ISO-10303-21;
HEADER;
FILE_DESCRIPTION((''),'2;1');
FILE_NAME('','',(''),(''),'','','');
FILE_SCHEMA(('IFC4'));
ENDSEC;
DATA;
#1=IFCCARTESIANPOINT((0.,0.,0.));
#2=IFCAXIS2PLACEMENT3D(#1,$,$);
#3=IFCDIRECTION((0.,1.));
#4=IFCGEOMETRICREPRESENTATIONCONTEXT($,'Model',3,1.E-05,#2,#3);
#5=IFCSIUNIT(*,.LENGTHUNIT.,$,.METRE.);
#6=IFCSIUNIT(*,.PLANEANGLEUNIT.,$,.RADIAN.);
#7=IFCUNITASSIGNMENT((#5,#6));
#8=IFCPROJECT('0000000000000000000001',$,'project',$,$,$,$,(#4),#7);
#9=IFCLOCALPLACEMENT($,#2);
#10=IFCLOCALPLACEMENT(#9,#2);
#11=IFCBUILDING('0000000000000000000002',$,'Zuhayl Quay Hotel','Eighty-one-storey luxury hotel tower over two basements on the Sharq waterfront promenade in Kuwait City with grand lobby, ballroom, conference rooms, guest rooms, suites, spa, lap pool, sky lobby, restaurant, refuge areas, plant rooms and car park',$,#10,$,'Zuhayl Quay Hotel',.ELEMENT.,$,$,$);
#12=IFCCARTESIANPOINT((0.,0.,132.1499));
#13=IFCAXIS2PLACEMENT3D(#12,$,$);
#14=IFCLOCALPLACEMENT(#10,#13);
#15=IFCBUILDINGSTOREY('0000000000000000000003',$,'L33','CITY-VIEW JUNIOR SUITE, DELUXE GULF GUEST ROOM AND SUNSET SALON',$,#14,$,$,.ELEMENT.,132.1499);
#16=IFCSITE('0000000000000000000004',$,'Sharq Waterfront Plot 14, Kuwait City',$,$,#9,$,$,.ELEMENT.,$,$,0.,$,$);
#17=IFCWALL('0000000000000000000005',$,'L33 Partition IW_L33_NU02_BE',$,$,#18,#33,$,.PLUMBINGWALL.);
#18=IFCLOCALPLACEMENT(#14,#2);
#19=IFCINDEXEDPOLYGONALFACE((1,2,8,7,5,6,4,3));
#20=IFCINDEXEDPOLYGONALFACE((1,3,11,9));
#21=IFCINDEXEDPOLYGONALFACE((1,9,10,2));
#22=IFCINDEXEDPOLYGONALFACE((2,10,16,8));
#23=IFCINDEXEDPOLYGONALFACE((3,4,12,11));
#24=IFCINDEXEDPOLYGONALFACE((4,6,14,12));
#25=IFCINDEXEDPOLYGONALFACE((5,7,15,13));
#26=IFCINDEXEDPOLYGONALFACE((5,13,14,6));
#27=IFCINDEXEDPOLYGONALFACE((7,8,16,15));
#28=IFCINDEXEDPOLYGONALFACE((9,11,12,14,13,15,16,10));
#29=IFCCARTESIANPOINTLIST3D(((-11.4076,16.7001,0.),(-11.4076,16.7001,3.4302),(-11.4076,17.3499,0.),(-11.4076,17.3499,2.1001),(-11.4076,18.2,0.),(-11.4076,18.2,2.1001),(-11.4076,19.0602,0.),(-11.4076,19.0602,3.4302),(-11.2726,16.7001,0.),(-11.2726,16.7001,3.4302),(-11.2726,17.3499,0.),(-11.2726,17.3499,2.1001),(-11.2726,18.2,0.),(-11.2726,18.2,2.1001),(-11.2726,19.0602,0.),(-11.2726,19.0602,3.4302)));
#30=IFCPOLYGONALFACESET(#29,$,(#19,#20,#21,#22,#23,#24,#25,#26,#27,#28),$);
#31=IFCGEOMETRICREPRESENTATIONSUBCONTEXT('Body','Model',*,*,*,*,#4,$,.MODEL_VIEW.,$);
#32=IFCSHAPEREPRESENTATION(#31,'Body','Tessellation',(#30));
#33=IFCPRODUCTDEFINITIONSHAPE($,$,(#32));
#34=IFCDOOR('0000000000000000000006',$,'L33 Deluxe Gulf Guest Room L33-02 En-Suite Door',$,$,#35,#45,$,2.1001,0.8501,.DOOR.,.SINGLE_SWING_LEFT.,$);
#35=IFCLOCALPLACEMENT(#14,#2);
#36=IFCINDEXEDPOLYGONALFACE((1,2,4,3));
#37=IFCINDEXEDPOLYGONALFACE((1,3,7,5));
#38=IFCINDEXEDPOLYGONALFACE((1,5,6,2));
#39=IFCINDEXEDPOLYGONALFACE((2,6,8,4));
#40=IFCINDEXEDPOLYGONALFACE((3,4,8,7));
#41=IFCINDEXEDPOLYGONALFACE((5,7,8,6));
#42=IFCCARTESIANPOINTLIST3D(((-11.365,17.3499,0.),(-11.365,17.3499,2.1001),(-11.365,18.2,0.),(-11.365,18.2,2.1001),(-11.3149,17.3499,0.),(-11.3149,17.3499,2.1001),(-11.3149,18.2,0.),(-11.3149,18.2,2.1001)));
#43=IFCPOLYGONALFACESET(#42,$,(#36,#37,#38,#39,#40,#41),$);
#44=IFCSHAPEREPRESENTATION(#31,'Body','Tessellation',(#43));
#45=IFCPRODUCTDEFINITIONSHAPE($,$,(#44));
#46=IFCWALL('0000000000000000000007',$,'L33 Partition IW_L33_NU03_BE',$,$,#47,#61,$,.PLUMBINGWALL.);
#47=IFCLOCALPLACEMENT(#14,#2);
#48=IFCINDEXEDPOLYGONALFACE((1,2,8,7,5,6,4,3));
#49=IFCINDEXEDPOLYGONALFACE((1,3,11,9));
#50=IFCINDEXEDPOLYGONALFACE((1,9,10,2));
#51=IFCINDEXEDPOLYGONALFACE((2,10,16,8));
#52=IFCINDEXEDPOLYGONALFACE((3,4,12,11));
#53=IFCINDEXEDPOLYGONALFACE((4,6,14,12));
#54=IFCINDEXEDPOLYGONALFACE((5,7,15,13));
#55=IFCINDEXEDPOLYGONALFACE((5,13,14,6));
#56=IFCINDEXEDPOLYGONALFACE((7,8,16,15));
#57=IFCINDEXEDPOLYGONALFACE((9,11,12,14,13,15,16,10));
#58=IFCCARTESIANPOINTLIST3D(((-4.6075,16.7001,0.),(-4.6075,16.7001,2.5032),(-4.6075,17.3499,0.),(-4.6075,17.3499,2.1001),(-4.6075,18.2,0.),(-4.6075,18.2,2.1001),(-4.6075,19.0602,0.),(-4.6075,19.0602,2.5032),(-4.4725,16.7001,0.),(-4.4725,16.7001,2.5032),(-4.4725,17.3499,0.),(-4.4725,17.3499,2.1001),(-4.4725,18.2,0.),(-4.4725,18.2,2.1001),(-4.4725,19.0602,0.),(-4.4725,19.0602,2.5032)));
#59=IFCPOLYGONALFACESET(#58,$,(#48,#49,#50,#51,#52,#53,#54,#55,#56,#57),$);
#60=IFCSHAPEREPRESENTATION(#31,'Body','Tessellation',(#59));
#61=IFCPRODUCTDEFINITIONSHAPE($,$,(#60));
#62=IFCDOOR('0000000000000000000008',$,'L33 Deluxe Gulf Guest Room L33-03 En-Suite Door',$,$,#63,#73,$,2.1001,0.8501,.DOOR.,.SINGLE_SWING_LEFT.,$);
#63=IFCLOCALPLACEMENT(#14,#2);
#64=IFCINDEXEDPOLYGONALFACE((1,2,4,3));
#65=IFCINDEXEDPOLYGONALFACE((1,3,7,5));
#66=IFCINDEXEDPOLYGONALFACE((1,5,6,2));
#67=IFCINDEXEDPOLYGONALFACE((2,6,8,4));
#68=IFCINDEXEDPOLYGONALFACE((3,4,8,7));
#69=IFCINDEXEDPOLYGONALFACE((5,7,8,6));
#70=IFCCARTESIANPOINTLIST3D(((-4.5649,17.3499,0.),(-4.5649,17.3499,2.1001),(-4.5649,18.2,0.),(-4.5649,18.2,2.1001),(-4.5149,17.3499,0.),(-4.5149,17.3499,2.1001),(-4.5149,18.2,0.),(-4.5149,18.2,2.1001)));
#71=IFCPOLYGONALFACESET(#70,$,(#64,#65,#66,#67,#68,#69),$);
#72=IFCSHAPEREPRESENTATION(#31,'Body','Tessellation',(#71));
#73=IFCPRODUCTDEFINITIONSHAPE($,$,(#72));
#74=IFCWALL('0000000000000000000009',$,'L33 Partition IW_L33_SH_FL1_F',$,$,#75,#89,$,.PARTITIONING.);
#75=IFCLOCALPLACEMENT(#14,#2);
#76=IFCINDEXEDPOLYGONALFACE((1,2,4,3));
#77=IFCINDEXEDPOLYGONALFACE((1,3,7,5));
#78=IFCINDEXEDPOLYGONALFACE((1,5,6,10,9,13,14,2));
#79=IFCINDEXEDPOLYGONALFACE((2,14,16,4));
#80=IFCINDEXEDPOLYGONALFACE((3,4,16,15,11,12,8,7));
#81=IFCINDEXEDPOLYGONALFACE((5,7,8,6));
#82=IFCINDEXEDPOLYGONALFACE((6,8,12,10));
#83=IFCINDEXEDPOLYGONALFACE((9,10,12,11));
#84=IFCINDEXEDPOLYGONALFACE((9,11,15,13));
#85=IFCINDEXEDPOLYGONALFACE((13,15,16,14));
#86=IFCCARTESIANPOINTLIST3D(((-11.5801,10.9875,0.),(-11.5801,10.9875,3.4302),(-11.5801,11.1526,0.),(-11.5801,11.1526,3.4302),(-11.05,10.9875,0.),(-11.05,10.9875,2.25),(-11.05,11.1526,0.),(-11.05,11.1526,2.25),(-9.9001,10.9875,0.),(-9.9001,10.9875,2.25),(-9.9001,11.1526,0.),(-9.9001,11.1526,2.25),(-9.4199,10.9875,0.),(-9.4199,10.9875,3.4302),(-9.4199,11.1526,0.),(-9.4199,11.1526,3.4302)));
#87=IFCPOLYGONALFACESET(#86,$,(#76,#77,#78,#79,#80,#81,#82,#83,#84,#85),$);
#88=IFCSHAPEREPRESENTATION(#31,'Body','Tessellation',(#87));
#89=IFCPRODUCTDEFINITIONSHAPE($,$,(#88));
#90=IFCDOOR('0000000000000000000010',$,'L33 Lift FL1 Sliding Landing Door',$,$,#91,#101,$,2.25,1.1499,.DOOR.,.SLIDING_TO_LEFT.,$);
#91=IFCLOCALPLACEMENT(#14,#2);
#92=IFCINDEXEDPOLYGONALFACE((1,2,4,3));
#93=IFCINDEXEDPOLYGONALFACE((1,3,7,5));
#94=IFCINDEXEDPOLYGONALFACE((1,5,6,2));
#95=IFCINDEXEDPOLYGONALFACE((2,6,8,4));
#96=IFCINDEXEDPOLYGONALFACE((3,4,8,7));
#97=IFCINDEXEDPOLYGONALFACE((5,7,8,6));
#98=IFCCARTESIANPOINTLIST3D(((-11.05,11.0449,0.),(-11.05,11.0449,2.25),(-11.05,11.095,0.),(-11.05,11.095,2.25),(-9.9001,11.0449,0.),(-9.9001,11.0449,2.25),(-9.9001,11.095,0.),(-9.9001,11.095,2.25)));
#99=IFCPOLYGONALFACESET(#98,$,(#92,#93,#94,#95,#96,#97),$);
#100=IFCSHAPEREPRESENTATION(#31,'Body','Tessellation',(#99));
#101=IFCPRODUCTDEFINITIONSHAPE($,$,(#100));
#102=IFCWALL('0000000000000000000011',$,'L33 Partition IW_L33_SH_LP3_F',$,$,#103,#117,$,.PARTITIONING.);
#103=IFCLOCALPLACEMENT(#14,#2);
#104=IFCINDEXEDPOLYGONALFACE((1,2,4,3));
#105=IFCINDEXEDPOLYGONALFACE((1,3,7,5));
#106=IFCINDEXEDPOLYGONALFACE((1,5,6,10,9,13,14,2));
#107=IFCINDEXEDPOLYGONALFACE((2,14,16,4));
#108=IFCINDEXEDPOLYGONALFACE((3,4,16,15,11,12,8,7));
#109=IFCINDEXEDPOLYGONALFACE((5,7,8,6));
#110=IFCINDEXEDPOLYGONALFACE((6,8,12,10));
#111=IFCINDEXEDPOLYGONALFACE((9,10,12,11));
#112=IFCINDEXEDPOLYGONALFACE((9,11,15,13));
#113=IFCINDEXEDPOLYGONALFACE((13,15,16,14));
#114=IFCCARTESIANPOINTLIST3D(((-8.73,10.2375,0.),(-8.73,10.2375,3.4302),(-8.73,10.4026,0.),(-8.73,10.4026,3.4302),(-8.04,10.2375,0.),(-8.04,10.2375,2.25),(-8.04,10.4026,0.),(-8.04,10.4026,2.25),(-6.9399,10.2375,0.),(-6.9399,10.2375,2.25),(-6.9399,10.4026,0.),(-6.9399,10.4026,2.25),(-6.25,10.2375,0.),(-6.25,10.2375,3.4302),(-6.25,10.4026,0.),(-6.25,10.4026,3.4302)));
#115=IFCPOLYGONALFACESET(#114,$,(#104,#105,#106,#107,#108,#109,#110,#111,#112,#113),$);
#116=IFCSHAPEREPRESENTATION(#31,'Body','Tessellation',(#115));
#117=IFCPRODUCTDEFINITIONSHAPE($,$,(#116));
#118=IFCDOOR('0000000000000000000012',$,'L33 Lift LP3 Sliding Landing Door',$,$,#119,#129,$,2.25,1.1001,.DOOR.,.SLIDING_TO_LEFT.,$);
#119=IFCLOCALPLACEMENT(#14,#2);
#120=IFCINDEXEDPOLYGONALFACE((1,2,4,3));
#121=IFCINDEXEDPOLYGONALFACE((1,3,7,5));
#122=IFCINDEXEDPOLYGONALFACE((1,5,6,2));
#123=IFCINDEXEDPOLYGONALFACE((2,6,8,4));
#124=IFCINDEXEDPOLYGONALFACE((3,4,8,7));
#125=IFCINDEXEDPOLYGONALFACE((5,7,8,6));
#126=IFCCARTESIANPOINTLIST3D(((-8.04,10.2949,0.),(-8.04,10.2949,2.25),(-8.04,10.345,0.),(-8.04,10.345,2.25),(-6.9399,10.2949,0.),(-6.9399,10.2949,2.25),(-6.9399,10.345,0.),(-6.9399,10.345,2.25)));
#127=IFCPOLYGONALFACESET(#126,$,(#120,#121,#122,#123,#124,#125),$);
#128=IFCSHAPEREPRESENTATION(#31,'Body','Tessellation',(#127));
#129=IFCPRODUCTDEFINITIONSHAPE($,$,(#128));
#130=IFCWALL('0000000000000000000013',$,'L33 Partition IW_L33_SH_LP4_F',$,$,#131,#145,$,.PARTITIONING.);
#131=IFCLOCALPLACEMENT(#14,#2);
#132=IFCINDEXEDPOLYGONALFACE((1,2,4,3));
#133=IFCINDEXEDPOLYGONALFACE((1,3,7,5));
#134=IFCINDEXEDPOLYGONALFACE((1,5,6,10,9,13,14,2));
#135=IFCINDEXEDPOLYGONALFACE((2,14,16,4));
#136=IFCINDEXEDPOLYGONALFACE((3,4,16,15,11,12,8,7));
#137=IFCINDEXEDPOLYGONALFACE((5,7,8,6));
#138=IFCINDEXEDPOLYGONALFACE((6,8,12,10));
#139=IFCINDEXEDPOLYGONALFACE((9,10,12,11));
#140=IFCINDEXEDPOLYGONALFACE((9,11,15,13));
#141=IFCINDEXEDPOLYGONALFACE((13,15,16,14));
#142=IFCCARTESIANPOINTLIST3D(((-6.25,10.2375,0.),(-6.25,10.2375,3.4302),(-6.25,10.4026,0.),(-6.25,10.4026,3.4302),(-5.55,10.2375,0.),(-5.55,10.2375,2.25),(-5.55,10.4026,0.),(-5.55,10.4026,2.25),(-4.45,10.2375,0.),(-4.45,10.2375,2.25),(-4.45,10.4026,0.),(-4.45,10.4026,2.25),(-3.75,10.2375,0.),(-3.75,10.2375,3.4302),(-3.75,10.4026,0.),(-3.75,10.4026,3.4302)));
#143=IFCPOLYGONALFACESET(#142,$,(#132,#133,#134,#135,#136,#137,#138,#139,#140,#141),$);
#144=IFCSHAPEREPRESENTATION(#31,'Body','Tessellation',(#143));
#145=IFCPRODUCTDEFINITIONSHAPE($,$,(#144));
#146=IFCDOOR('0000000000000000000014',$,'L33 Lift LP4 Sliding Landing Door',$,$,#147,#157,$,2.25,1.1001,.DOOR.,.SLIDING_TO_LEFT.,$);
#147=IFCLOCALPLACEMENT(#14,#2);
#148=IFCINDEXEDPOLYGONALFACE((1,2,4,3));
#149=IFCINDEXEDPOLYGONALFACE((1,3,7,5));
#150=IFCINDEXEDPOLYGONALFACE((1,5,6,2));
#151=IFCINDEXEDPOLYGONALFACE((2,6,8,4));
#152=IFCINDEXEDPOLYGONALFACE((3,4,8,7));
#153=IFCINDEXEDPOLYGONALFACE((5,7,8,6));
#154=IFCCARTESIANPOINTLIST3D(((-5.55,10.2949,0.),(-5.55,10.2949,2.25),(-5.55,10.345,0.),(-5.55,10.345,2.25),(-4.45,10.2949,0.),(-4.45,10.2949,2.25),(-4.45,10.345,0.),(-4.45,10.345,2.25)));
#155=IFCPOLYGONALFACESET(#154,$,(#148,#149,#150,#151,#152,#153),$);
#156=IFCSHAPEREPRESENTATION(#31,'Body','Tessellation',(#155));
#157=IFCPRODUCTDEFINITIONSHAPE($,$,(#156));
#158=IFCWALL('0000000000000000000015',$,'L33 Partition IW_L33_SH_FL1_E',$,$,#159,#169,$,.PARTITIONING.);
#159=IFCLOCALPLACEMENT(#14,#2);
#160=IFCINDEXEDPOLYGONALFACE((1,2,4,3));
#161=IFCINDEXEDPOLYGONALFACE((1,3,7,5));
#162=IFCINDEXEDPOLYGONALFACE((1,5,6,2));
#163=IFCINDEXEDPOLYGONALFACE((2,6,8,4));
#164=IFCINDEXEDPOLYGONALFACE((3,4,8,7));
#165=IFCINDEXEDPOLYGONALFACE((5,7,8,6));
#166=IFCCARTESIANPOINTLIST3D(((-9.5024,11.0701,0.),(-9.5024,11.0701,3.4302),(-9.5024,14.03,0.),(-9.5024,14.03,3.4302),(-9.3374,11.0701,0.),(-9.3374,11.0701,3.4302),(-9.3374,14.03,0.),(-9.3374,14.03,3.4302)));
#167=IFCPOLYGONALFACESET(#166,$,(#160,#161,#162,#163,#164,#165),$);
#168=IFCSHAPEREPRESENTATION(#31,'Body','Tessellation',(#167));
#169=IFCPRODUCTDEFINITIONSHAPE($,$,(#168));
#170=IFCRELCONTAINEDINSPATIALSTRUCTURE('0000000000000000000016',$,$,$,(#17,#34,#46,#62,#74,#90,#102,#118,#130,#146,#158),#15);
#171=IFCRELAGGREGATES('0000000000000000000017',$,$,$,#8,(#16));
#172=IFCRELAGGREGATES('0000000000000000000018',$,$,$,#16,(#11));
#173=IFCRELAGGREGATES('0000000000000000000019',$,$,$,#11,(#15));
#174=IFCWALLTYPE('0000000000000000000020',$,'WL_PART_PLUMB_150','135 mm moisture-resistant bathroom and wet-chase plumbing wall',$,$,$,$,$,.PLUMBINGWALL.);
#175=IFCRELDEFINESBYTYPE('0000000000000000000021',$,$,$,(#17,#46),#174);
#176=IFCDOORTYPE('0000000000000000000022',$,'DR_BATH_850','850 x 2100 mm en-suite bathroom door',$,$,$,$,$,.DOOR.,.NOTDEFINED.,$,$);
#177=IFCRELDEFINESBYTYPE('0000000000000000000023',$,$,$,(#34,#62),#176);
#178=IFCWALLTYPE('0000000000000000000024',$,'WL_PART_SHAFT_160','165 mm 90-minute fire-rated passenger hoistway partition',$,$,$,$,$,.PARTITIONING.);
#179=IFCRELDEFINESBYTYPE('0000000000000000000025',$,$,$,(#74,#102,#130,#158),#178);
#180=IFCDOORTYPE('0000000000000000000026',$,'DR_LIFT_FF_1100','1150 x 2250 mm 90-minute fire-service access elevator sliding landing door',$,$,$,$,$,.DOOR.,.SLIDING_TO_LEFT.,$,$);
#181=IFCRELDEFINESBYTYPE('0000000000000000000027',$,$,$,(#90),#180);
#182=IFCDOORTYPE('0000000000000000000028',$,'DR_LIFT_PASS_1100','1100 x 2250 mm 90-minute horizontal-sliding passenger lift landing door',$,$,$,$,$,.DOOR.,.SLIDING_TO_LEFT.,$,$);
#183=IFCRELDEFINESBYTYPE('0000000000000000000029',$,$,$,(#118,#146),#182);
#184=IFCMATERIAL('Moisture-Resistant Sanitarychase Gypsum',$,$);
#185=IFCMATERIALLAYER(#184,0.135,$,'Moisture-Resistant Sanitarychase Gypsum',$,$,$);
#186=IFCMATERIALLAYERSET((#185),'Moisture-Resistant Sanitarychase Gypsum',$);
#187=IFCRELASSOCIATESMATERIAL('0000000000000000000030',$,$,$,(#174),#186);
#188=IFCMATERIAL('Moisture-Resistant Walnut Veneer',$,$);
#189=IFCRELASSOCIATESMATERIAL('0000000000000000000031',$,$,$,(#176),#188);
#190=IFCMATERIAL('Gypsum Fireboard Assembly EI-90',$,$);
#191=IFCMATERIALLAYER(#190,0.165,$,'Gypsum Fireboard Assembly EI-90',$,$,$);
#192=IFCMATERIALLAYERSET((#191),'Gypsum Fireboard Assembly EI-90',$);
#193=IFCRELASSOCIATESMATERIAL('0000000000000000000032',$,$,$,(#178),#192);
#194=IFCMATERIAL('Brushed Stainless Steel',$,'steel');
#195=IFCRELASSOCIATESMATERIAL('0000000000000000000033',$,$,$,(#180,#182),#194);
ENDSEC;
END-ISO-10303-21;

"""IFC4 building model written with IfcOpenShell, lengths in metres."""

from ifc_helpers import new_model, si_unit, direction, frame, frame_2d, origin, place, context, subcontext, project, spatial, rectangle, extrude, material, layer, layer_set, type_object, element, fill, save


model = new_model("IFC4")

# Units and contexts
model_context = context("Model", 3, precision=1e-05, world=origin(), true_north=direction((0.0, 1.0)))
body_context = subcontext(model_context, "Body", "Model", "MODEL_VIEW")
ifc_project = project(units=[si_unit("LENGTHUNIT", "METRE"), si_unit("PLANEANGLEUNIT", "RADIAN")], contexts=[model_context])

# Site, building, storey
site_placement = place(None, origin())
site = spatial("IfcSite", under=ifc_project, at=site_placement, Name="Sharq Waterfront Plot 14, Kuwait City", CompositionType="ELEMENT", RefElevation=0.0)
building_placement = place(site_placement, origin())
building = spatial("IfcBuilding", under=site, at=building_placement, Name="Zuhayl Quay Hotel", Description="Eighty-one-storey luxury hotel tower over two basements on the Sharq waterfront promenade in Kuwait City with grand lobby, ballroom, conference rooms, guest rooms, suites, spa, lap pool, sky lobby, restaurant, refuge areas, plant rooms and car park", LongName="Zuhayl Quay Hotel", CompositionType="ELEMENT")
storey_placement = place(building_placement, frame((0.0, 0.0, 132.1499)))
storey = spatial("IfcBuildingStorey", under=building, at=storey_placement, Name="L33", Description="CITY-VIEW JUNIOR SUITE, DELUXE GULF GUEST ROOM AND SUNSET SALON", CompositionType="ELEMENT", Elevation=132.1499)

# Walls, openings, doors
ifc_material_1 = material(Name="Moisture-Resistant Sanitarychase Gypsum")
ifc_layer_1 = layer(ifc_material_1, 0.135, Name="Moisture-Resistant Sanitarychase Gypsum")
ifc_layer_set_1 = layer_set([ifc_layer_1], Name="Moisture-Resistant Sanitarychase Gypsum")
wall_type_1 = type_object("IfcWallType", Name="WL_PART_PLUMB_150", Description="135 mm moisture-resistant bathroom and wet-chase plumbing wall", PredefinedType="PLUMBINGWALL", material=ifc_layer_set_1)
wall_1_placement = place(storey_placement, frame((-11.3401, 16.7, 0.0), z_axis=(0.0, 0.0, 1.0), x_axis=(0.0, 1.0, 0.0)))
wall_1 = element("IfcWall", 1, at=wall_1_placement, inside=storey, type_object=wall_type_1, Name="L33 Partition IW_L33_NU02_BE", PredefinedType="PLUMBINGWALL", context=body_context, shape_type="SweptSolid", body=[
    extrude(rectangle(XDim=2.3601, YDim=0.135, at=frame_2d((1.1802, 0.0))), origin(), (0.0, 0.0, 1.0), 3.4302),
])
opening_1_placement = place(wall_1_placement, frame((0.6499, 0.0, 0.0)))
opening_1 = element("IfcOpeningElement", 2, at=opening_1_placement, cuts=wall_1, PredefinedType="OPENING", context=body_context, shape_type="SweptSolid", body=[
    extrude(rectangle(XDim=0.8501, YDim=2.1001, at=frame_2d((0.425, 1.05))), frame((0.0, 0.0774, 0.0), z_axis=(0.0, -1.0, 0.0), x_axis=(1.0, 0.0, 0.0)), (0.0, 0.0, 1.0), 0.155),
])
ifc_material_2 = material(Name="Moisture-Resistant Walnut Veneer")
door_type_1 = type_object("IfcDoorType", Name="DR_BATH_850", Description="850 x 2100 mm en-suite bathroom door", OperationType="NOTDEFINED", PredefinedType="DOOR", material=ifc_material_2)
door_1_placement = place(opening_1_placement, origin())
door_1 = element("IfcDoor", 3, at=door_1_placement, inside=storey, type_object=door_type_1, Name="L33 Deluxe Gulf Guest Room L33-02 En-Suite Door", OperationType="SINGLE_SWING_LEFT", OverallHeight=2.1001, OverallWidth=0.8501, PredefinedType="DOOR", context=body_context, shape_type="SweptSolid", body=[
    extrude(rectangle(XDim=0.8501, YDim=2.1001, at=frame_2d((0.425, 1.05))), frame((0.0, 0.0249, 0.0), z_axis=(0.0, -1.0, 0.0), x_axis=(1.0, 0.0, 0.0)), (0.0, 0.0, 1.0), 0.05),
])
fill(opening_1, door_1)
wall_2_placement = place(storey_placement, frame((-4.54, 16.7, 0.0), z_axis=(0.0, 0.0, 1.0), x_axis=(0.0, 1.0, 0.0)))
wall_2 = element("IfcWall", 4, at=wall_2_placement, inside=storey, type_object=wall_type_1, Name="L33 Partition IW_L33_NU03_BE", PredefinedType="PLUMBINGWALL", context=body_context, shape_type="SweptSolid", body=[
    extrude(rectangle(XDim=2.3601, YDim=0.135, at=frame_2d((1.1802, 0.0))), origin(), (0.0, 0.0, 1.0), 2.5032),
])
opening_2_placement = place(wall_2_placement, frame((0.6499, 0.0, 0.0)))
opening_2 = element("IfcOpeningElement", 5, at=opening_2_placement, cuts=wall_2, PredefinedType="OPENING", context=body_context, shape_type="SweptSolid", body=[
    extrude(rectangle(XDim=0.8501, YDim=2.1001, at=frame_2d((0.425, 1.05))), frame((0.0, 0.0774, 0.0), z_axis=(0.0, -1.0, 0.0), x_axis=(1.0, 0.0, 0.0)), (0.0, 0.0, 1.0), 0.155),
])
door_2_placement = place(opening_2_placement, origin())
door_2 = element("IfcDoor", 6, at=door_2_placement, inside=storey, type_object=door_type_1, Name="L33 Deluxe Gulf Guest Room L33-03 En-Suite Door", OperationType="SINGLE_SWING_LEFT", OverallHeight=2.1001, OverallWidth=0.8501, PredefinedType="DOOR", context=body_context, shape_type="SweptSolid", body=[
    extrude(rectangle(XDim=0.8501, YDim=2.1001, at=frame_2d((0.425, 1.05))), frame((0.0, 0.0249, 0.0), z_axis=(0.0, -1.0, 0.0), x_axis=(1.0, 0.0, 0.0)), (0.0, 0.0, 1.0), 0.05),
])
fill(opening_2, door_2)
ifc_material_3 = material(Name="Gypsum Fireboard Assembly EI-90")
ifc_layer_2 = layer(ifc_material_3, 0.165, Name="Gypsum Fireboard Assembly EI-90")
ifc_layer_set_2 = layer_set([ifc_layer_2], Name="Gypsum Fireboard Assembly EI-90")
wall_type_2 = type_object("IfcWallType", Name="WL_PART_SHAFT_160", Description="165 mm 90-minute fire-rated passenger hoistway partition", PredefinedType="PARTITIONING", material=ifc_layer_set_2)
wall_3_placement = place(storey_placement, frame((-11.5801, 11.0701, 0.0), z_axis=(0.0, 0.0, 1.0), x_axis=(1.0, 0.0, 0.0)))
wall_3 = element("IfcWall", 7, at=wall_3_placement, inside=storey, type_object=wall_type_2, Name="L33 Partition IW_L33_SH_FL1_F", PredefinedType="PARTITIONING", context=body_context, shape_type="SweptSolid", body=[
    extrude(rectangle(XDim=2.1602, YDim=0.165, at=frame_2d((1.0801, 0.0))), origin(), (0.0, 0.0, 1.0), 3.4302),
])
opening_3_placement = place(wall_3_placement, frame((0.53, 0.0, 0.0)))
opening_3 = element("IfcOpeningElement", 8, at=opening_3_placement, cuts=wall_3, PredefinedType="OPENING", context=body_context, shape_type="SweptSolid", body=[
    extrude(rectangle(XDim=1.1499, YDim=2.25, at=frame_2d((0.575, 1.125))), frame((0.0, 0.0925, 0.0), z_axis=(0.0, -1.0, 0.0), x_axis=(1.0, 0.0, 0.0)), (0.0, 0.0, 1.0), 0.1851),
])
ifc_material_4 = material(Name="Brushed Stainless Steel", Category="steel")
door_type_2 = type_object("IfcDoorType", Name="DR_LIFT_FF_1100", Description="1150 x 2250 mm 90-minute fire-service access elevator sliding landing door", OperationType="SLIDING_TO_LEFT", PredefinedType="DOOR", material=ifc_material_4)
door_3_placement = place(opening_3_placement, origin())
door_3 = element("IfcDoor", 9, at=door_3_placement, inside=storey, type_object=door_type_2, Name="L33 Lift FL1 Sliding Landing Door", OperationType="SLIDING_TO_LEFT", OverallHeight=2.25, OverallWidth=1.1499, PredefinedType="DOOR", context=body_context, shape_type="SweptSolid", body=[
    extrude(rectangle(XDim=1.1499, YDim=2.25, at=frame_2d((0.575, 1.125))), frame((0.0, 0.0249, 0.0), z_axis=(0.0, -1.0, 0.0), x_axis=(1.0, 0.0, 0.0)), (0.0, 0.0, 1.0), 0.05),
])
fill(opening_3, door_3)
wall_4_placement = place(storey_placement, frame((-8.73, 10.3201, 0.0), z_axis=(0.0, 0.0, 1.0), x_axis=(1.0, 0.0, 0.0)))
wall_4 = element("IfcWall", 10, at=wall_4_placement, inside=storey, type_object=wall_type_2, Name="L33 Partition IW_L33_SH_LP3_F", PredefinedType="PARTITIONING", context=body_context, shape_type="SweptSolid", body=[
    extrude(rectangle(XDim=2.48, YDim=0.165, at=frame_2d((1.24, 0.0))), origin(), (0.0, 0.0, 1.0), 3.4302),
])
opening_4_placement = place(wall_4_placement, frame((0.6899, 0.0, 0.0)))
opening_4 = element("IfcOpeningElement", 11, at=opening_4_placement, cuts=wall_4, PredefinedType="OPENING", context=body_context, shape_type="SweptSolid", body=[
    extrude(rectangle(XDim=1.1001, YDim=2.25, at=frame_2d((0.55, 1.125))), frame((0.0, 0.0925, 0.0), z_axis=(0.0, -1.0, 0.0), x_axis=(1.0, 0.0, 0.0)), (0.0, 0.0, 1.0), 0.1851),
])
door_type_3 = type_object("IfcDoorType", Name="DR_LIFT_PASS_1100", Description="1100 x 2250 mm 90-minute horizontal-sliding passenger lift landing door", OperationType="SLIDING_TO_LEFT", PredefinedType="DOOR", material=ifc_material_4)
door_4_placement = place(opening_4_placement, origin())
door_4 = element("IfcDoor", 12, at=door_4_placement, inside=storey, type_object=door_type_3, Name="L33 Lift LP3 Sliding Landing Door", OperationType="SLIDING_TO_LEFT", OverallHeight=2.25, OverallWidth=1.1001, PredefinedType="DOOR", context=body_context, shape_type="SweptSolid", body=[
    extrude(rectangle(XDim=1.1001, YDim=2.25, at=frame_2d((0.55, 1.125))), frame((0.0, 0.0249, 0.0), z_axis=(0.0, -1.0, 0.0), x_axis=(1.0, 0.0, 0.0)), (0.0, 0.0, 1.0), 0.05),
])
fill(opening_4, door_4)
wall_5_placement = place(storey_placement, frame((-6.25, 10.3201, 0.0), z_axis=(0.0, 0.0, 1.0), x_axis=(1.0, 0.0, 0.0)))
wall_5 = element("IfcWall", 13, at=wall_5_placement, inside=storey, type_object=wall_type_2, Name="L33 Partition IW_L33_SH_LP4_F", PredefinedType="PARTITIONING", context=body_context, shape_type="SweptSolid", body=[
    extrude(rectangle(XDim=2.5, YDim=0.165, at=frame_2d((1.25, 0.0))), origin(), (0.0, 0.0, 1.0), 3.4302),
])
opening_5_placement = place(wall_5_placement, frame((0.7, 0.0, 0.0)))
opening_5 = element("IfcOpeningElement", 14, at=opening_5_placement, cuts=wall_5, PredefinedType="OPENING", context=body_context, shape_type="SweptSolid", body=[
    extrude(rectangle(XDim=1.1001, YDim=2.25, at=frame_2d((0.55, 1.125))), frame((0.0, 0.0925, 0.0), z_axis=(0.0, -1.0, 0.0), x_axis=(1.0, 0.0, 0.0)), (0.0, 0.0, 1.0), 0.1851),
])
door_5_placement = place(opening_5_placement, origin())
door_5 = element("IfcDoor", 15, at=door_5_placement, inside=storey, type_object=door_type_3, Name="L33 Lift LP4 Sliding Landing Door", OperationType="SLIDING_TO_LEFT", OverallHeight=2.25, OverallWidth=1.1001, PredefinedType="DOOR", context=body_context, shape_type="SweptSolid", body=[
    extrude(rectangle(XDim=1.1001, YDim=2.25, at=frame_2d((0.55, 1.125))), frame((0.0, 0.0249, 0.0), z_axis=(0.0, -1.0, 0.0), x_axis=(1.0, 0.0, 0.0)), (0.0, 0.0, 1.0), 0.05),
])
fill(opening_5, door_5)

# Wall
wall_6_placement = place(storey_placement, frame((-9.4199, 11.0701, 0.0), z_axis=(0.0, 0.0, 1.0), x_axis=(0.0, 1.0, 0.0)))
element("IfcWall", 16, at=wall_6_placement, inside=storey, type_object=wall_type_2, Name="L33 Partition IW_L33_SH_FL1_E", PredefinedType="PARTITIONING", context=body_context, shape_type="SweptSolid", body=[
    extrude(rectangle(XDim=2.96, YDim=0.165, at=frame_2d((1.48, 0.0))), origin(), (0.0, 0.0, 1.0), 3.4302),
])

save(model, "model.ifc")
